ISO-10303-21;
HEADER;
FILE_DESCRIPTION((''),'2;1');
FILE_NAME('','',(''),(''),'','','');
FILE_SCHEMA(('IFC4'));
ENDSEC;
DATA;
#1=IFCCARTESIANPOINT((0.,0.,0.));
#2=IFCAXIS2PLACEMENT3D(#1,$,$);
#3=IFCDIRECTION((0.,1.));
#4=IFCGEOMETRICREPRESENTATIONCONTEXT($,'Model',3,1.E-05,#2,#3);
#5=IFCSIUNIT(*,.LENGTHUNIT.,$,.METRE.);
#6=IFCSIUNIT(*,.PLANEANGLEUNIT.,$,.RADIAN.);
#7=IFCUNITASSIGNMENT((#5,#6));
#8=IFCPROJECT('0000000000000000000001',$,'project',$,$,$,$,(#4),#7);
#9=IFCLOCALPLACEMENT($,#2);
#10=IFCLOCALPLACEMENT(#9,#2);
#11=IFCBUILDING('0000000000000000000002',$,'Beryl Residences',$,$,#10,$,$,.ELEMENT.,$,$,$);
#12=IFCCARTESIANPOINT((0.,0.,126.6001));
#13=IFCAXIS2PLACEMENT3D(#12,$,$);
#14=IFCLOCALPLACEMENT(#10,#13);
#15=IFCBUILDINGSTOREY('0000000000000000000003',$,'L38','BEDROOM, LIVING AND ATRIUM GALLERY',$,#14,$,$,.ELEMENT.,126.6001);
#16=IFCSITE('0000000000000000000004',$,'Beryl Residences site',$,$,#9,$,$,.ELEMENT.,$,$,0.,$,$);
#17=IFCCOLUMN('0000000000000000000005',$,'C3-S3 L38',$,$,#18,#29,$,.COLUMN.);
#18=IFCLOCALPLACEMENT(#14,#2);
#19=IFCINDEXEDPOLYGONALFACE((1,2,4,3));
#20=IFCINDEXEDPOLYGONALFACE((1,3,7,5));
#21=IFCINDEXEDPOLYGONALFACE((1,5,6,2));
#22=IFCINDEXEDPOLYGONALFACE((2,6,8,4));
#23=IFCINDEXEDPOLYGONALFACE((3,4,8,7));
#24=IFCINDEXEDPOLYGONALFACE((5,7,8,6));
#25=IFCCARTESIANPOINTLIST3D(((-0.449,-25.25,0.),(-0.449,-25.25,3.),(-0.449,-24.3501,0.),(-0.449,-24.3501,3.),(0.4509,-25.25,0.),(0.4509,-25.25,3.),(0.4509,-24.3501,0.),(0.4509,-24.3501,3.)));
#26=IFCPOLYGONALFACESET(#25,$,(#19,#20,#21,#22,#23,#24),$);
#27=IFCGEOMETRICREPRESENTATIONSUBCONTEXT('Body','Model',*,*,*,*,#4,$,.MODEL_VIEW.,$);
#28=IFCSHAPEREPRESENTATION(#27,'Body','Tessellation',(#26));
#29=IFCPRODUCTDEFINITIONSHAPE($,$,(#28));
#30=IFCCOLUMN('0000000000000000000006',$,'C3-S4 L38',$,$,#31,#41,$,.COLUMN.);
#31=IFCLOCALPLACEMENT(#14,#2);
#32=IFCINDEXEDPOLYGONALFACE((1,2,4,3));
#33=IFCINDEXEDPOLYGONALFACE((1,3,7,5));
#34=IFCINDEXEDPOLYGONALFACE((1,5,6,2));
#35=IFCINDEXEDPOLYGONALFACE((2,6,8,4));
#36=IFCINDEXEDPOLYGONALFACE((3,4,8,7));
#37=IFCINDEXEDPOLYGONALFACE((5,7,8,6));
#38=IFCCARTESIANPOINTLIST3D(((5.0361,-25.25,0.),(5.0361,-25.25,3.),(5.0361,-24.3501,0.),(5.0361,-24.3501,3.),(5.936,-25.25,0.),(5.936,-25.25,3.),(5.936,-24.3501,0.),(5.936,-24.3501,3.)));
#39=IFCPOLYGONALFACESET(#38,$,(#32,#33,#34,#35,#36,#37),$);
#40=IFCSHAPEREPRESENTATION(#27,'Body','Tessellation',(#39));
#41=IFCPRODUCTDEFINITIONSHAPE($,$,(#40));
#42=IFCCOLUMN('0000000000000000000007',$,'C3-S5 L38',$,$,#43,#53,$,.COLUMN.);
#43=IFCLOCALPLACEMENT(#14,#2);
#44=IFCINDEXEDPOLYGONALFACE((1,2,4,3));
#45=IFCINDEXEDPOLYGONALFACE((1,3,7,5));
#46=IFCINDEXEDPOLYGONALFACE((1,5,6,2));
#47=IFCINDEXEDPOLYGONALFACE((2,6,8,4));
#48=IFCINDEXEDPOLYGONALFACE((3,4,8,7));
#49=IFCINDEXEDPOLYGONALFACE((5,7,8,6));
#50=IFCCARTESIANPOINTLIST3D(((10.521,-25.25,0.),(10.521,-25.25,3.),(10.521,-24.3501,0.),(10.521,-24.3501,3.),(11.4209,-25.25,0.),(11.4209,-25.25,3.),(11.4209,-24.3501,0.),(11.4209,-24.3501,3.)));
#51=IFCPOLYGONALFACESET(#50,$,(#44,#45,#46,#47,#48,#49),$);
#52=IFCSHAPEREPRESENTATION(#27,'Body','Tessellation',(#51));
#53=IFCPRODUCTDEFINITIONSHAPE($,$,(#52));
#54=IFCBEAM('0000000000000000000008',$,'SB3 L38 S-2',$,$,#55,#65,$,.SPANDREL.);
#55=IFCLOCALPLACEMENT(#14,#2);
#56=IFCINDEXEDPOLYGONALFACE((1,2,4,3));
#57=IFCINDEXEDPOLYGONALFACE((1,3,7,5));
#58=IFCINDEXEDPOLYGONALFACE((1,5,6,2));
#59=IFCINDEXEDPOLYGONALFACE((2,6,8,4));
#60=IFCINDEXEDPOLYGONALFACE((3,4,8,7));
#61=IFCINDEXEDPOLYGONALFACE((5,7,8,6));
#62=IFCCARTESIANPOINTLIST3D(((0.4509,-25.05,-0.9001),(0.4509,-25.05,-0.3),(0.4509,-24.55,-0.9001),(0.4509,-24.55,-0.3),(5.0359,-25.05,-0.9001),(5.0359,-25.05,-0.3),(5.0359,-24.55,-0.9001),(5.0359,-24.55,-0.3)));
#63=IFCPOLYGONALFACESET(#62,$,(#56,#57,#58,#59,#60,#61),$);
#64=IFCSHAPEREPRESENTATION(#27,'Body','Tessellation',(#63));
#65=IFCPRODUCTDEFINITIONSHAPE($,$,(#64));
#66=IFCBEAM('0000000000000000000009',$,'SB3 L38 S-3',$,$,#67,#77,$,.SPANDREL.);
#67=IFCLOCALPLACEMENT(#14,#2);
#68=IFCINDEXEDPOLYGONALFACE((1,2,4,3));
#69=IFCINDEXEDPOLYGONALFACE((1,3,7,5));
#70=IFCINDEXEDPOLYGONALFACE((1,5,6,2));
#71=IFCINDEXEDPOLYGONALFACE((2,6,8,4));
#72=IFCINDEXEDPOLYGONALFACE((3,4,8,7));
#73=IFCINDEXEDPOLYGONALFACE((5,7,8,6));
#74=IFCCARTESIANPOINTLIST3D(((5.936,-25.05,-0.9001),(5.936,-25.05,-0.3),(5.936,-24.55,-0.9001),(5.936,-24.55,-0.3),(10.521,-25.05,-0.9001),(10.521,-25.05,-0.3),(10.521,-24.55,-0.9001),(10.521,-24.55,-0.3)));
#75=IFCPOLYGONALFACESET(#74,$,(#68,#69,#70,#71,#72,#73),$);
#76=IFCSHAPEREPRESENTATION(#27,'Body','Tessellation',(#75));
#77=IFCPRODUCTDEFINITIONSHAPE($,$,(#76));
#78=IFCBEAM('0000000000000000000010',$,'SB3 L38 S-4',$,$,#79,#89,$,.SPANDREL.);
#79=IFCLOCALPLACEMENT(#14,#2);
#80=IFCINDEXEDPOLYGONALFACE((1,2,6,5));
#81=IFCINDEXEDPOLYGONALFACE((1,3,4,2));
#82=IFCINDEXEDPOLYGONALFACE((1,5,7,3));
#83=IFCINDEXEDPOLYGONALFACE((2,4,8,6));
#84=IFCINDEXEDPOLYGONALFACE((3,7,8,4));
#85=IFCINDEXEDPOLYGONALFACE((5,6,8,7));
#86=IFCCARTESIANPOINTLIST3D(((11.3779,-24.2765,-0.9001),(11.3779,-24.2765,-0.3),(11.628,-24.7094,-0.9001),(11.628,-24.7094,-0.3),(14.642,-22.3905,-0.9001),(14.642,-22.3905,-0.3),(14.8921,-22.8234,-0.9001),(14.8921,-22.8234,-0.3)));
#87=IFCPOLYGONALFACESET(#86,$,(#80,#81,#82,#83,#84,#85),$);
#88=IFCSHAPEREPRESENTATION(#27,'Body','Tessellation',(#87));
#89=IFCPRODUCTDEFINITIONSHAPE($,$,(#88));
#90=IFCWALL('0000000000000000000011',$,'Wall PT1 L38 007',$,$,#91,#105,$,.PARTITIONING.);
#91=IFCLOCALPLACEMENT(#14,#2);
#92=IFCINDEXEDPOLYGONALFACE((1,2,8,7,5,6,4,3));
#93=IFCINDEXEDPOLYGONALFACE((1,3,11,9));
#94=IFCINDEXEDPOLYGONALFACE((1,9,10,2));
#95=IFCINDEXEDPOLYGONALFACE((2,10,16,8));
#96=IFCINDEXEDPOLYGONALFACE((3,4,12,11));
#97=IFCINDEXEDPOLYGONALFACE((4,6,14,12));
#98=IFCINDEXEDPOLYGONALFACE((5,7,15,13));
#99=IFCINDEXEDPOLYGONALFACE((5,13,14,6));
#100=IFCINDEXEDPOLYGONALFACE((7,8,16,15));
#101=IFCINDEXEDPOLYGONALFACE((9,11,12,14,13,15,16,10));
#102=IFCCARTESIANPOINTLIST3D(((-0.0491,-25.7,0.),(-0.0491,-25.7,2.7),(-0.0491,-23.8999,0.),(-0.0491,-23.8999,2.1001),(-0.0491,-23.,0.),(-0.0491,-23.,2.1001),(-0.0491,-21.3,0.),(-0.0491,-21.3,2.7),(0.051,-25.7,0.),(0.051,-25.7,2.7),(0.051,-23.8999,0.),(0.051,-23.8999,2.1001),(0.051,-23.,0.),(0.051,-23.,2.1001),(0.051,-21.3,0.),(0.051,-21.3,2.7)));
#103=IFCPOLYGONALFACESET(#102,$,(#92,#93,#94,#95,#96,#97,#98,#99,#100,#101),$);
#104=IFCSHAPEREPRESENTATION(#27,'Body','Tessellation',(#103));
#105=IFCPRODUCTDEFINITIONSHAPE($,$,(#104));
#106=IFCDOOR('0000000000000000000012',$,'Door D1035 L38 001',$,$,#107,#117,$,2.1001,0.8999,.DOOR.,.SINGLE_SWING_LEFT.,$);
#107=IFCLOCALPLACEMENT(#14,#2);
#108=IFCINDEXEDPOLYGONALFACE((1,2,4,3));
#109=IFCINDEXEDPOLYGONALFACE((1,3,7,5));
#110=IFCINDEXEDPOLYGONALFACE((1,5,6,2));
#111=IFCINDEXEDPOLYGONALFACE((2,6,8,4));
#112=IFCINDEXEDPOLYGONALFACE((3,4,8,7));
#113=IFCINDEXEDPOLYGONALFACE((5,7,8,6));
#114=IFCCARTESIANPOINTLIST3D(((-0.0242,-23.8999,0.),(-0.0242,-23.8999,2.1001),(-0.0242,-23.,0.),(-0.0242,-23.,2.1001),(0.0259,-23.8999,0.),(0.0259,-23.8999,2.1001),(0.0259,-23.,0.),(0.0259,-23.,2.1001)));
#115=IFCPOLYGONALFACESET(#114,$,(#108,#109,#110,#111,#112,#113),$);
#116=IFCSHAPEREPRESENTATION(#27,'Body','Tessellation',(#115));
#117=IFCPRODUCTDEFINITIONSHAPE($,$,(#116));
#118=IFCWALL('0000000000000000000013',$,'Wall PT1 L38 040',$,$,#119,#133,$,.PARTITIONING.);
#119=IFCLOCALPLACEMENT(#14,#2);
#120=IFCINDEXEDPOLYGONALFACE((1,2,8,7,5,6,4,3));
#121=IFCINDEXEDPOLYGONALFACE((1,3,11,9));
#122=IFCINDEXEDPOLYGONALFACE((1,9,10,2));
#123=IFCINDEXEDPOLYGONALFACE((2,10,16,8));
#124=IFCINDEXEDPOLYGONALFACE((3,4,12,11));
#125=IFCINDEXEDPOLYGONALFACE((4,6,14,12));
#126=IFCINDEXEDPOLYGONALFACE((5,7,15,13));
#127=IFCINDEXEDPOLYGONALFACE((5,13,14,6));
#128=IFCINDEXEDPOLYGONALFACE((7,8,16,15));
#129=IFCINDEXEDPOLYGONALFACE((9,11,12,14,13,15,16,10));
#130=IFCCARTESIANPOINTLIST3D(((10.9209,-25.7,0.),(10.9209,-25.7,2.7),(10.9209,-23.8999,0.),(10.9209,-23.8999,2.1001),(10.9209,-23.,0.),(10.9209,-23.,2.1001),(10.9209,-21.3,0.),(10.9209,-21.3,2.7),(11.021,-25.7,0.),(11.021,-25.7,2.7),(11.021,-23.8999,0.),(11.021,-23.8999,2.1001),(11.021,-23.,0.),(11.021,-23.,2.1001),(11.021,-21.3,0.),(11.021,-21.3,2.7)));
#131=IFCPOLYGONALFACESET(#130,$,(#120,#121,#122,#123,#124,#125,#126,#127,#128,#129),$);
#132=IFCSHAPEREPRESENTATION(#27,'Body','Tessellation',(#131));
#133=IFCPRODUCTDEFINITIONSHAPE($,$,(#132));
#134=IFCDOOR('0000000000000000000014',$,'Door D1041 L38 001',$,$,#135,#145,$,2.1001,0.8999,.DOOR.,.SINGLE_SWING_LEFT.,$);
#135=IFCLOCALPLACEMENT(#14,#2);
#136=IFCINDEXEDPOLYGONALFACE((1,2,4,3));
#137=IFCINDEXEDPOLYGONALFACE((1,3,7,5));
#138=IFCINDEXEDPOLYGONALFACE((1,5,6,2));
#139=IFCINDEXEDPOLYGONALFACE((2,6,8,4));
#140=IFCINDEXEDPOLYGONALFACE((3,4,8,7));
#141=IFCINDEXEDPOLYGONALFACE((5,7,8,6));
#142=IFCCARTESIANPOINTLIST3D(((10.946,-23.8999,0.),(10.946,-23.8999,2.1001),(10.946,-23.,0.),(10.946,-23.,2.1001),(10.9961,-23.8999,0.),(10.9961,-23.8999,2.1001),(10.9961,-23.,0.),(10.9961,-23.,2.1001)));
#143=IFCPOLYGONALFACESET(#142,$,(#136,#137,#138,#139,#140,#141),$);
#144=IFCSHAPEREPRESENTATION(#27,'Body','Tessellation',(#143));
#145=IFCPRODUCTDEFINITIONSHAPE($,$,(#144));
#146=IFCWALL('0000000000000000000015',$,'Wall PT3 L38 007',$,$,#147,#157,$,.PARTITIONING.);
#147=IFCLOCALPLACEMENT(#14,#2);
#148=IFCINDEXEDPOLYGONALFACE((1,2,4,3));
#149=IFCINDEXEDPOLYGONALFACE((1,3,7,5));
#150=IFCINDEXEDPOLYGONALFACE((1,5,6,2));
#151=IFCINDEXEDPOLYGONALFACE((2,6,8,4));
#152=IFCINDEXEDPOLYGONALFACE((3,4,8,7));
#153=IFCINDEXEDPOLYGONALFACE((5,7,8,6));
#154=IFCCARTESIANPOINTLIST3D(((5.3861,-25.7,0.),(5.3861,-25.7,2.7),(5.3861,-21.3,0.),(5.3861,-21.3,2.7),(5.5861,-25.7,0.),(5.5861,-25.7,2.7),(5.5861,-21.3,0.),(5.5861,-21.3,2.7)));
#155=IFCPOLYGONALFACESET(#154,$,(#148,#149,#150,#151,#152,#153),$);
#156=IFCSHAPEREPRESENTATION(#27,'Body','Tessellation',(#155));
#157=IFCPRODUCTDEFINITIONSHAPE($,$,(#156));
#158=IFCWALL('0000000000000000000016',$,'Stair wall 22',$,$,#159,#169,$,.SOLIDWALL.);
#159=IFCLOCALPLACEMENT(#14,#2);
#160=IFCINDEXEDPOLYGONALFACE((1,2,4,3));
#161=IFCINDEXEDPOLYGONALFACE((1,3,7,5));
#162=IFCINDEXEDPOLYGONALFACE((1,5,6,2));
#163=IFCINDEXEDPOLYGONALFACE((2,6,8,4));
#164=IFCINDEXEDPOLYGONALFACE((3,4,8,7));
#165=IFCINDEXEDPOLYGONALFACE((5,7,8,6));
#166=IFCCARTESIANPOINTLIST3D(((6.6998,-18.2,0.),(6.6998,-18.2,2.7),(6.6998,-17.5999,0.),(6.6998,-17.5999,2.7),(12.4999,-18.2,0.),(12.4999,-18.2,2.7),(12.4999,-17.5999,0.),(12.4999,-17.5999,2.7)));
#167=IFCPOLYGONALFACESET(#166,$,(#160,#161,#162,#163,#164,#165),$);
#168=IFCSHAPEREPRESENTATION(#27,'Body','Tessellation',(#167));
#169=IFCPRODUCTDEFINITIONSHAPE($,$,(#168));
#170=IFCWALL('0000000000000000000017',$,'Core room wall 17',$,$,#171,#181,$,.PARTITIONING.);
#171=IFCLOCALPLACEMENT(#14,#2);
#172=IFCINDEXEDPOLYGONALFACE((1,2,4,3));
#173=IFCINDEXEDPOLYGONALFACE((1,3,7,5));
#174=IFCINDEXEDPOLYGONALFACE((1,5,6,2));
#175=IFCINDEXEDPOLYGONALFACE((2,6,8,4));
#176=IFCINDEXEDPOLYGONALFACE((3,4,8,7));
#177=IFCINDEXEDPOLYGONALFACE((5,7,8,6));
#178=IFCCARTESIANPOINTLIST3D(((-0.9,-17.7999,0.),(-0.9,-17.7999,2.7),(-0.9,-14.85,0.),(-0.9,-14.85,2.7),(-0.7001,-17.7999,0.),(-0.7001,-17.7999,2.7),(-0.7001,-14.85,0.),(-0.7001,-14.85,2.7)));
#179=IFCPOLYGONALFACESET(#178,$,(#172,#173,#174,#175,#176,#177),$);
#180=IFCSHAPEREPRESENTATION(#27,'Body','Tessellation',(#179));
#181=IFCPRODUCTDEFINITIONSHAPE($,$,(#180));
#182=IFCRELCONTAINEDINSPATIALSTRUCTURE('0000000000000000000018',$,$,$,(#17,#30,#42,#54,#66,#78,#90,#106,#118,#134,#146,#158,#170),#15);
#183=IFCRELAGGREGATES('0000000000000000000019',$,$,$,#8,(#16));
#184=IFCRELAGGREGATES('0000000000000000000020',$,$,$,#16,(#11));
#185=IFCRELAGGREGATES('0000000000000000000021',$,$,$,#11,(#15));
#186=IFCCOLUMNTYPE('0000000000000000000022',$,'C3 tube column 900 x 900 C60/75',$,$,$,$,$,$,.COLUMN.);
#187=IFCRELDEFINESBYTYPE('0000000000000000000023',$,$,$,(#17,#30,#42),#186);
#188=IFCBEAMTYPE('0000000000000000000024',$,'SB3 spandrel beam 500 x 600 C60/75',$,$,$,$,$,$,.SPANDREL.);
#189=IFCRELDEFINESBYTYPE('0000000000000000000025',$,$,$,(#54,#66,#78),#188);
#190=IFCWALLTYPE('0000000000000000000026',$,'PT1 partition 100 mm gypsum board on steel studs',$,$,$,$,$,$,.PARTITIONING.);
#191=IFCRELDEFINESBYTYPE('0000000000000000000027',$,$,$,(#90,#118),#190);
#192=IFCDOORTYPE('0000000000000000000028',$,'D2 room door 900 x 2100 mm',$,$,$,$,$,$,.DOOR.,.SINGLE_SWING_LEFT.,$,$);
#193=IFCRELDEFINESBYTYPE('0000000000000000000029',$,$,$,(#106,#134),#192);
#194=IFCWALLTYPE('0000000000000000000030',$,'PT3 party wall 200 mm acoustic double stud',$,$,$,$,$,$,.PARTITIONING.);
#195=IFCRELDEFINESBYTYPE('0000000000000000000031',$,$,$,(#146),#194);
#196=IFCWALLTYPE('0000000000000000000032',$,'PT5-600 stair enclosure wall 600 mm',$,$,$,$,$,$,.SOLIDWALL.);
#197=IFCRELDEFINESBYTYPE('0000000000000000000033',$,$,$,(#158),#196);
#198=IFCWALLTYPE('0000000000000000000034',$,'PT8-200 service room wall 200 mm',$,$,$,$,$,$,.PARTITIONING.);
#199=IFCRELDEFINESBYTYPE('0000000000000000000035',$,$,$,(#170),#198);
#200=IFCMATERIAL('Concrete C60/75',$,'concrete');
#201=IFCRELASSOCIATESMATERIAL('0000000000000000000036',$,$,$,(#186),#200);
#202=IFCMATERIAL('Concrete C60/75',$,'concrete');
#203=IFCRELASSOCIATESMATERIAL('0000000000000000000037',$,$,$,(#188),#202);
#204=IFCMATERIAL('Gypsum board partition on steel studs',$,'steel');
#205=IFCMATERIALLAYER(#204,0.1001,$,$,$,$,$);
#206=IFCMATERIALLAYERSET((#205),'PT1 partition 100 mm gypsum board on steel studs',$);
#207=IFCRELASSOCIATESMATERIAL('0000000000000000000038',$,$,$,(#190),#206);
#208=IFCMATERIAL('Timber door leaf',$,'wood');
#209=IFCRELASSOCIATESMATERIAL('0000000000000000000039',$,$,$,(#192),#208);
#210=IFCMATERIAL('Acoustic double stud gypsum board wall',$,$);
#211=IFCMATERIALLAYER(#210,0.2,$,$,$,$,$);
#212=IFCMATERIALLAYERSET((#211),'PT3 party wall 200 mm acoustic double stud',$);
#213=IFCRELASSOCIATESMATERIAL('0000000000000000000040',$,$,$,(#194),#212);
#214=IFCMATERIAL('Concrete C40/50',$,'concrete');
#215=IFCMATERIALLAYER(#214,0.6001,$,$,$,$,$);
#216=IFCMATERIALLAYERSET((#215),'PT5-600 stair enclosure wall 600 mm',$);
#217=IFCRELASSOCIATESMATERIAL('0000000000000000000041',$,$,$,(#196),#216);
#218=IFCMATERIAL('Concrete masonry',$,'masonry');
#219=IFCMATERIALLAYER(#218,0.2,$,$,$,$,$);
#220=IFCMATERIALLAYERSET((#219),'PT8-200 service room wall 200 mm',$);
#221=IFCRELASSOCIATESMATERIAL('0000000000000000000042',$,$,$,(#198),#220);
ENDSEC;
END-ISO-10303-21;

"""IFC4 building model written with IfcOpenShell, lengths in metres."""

from ifc_helpers import new_model, si_unit, direction, frame, frame_2d, origin, origin_2d, place, context, subcontext, project, spatial, rectangle, extrude, material, layer, layer_set, material_profile, profile_set, type_object, element, fill, save


model = new_model("IFC4")

# Units and contexts
model_context = context("Model", 3, precision=1e-05, world=origin(), true_north=direction((0.0, 1.0)))
body_context = subcontext(model_context, "Body", "Model", "MODEL_VIEW")
ifc_project = project(units=[si_unit("LENGTHUNIT", "METRE"), si_unit("PLANEANGLEUNIT", "RADIAN")], contexts=[model_context])

# Site, building, storey
site_placement = place(None, origin())
site = spatial("IfcSite", under=ifc_project, at=site_placement, Name="Beryl Residences site", CompositionType="ELEMENT", RefElevation=0.0)
building_placement = place(site_placement, origin())
building = spatial("IfcBuilding", under=site, at=building_placement, Name="Beryl Residences", CompositionType="ELEMENT")
storey_placement = place(building_placement, frame((0.0, 0.0, 126.6001)))
storey = spatial("IfcBuildingStorey", under=building, at=storey_placement, Name="L38", Description="BEDROOM, LIVING AND ATRIUM GALLERY", CompositionType="ELEMENT", Elevation=126.6001)

# Columns
ifc_material_1 = material(Name="Concrete C60/75", Category="concrete")
ifc_material_profile_1 = material_profile(ifc_material_1, rectangle(XDim=0.8999, YDim=0.8999, at=origin_2d()))
ifc_profile_set_1 = profile_set([ifc_material_profile_1], Name="Concrete C60/75")
column_type = type_object("IfcColumnType", Name="C3 tube column 900 x 900 C60/75", PredefinedType="COLUMN", material=ifc_profile_set_1)
for number, where, z_axis, x_axis, name in (
    (1, (0.001, -24.8, 0.0), (0.0, 0.0, 1.0), (1.0, 0.0, 0.0), "C3-S3 L38"),
    (2, (5.4861, -24.8, 0.0), (0.0, 0.0, 1.0), (1.0, 0.0, 0.0), "C3-S4 L38"),
    (3, (10.9709, -24.8, 0.0), (0.0, 0.0, 1.0), (1.0, 0.0, 0.0), "C3-S5 L38"),
):
    element("IfcColumn", number, at=place(storey_placement, frame(where, z_axis=z_axis, x_axis=x_axis)), inside=storey, type_object=column_type, Name=name, PredefinedType="COLUMN", context=body_context, shape_type="SweptSolid", body=[
        extrude(rectangle(XDim=0.8999, YDim=0.8999, at=origin_2d()), origin(), (0.0, 0.0, 1.0), 3.0),
    ])

# Beams
ifc_material_2 = material(Name="Concrete C60/75", Category="concrete")
ifc_material_profile_2 = material_profile(ifc_material_2, rectangle(XDim=0.5, YDim=0.6001, at=origin_2d()))
ifc_profile_set_2 = profile_set([ifc_material_profile_2], Name="Concrete C60/75")
beam_type = type_object("IfcBeamType", Name="SB3 spandrel beam 500 x 600 C60/75", PredefinedType="SPANDREL", material=ifc_profile_set_2)
for number, where, z_axis, x_axis, name in (
    (4, (0.4509, -24.8, -0.6001), (1.0, 0.0, 0.0), (0.0, 1.0, 0.0), "SB3 L38 S-2"),
    (5, (5.936, -24.8, -0.6001), (1.0, 0.0, 0.0), (0.0, 1.0, 0.0), "SB3 L38 S-3"),
):
    element("IfcBeam", number, at=place(storey_placement, frame(where, z_axis=z_axis, x_axis=x_axis)), inside=storey, type_object=beam_type, Name=name, PredefinedType="SPANDREL", context=body_context, shape_type="SweptSolid", body=[
        extrude(rectangle(XDim=0.5, YDim=0.6001, at=origin_2d()), origin(), (0.0, 0.0, 1.0), 4.585),
    ])
beam_placement = place(storey_placement, frame((11.5029, -24.4929, -0.6001), z_axis=(0.865862, 0.500283, 0.0), x_axis=(-0.500283, 0.865862, 0.0)))
element("IfcBeam", 6, at=beam_placement, inside=storey, type_object=beam_type, Name="SB3 L38 S-4", PredefinedType="SPANDREL", context=body_context, shape_type="SweptSolid", body=[
    extrude(rectangle(XDim=0.5, YDim=0.6001, at=origin_2d()), origin(), (0.0, 0.0, 1.0), 3.7698),
])

# Walls, openings, doors
ifc_material_3 = material(Name="Gypsum board partition on steel studs", Category="steel")
ifc_layer_1 = layer(ifc_material_3, 0.1001)
ifc_layer_set_1 = layer_set([ifc_layer_1], Name="PT1 partition 100 mm gypsum board on steel studs")
wall_type_1 = type_object("IfcWallType", Name="PT1 partition 100 mm gypsum board on steel studs", PredefinedType="PARTITIONING", material=ifc_layer_set_1)
wall_1_placement = place(storey_placement, frame((0.001, -21.3, 0.0), z_axis=(0.0, 0.0, 1.0), x_axis=(0.0, -1.0, 0.0)))
wall_1 = element("IfcWall", 7, at=wall_1_placement, inside=storey, type_object=wall_type_1, Name="Wall PT1 L38 007", PredefinedType="PARTITIONING", context=body_context, shape_type="SweptSolid", body=[
    extrude(rectangle(XDim=4.3999, YDim=0.1001, at=frame_2d((2.2, 0.0))), origin(), (0.0, 0.0, 1.0), 2.7),
])
opening_1_placement = place(wall_1_placement, frame((1.7, 0.0, 0.0)))
opening_1 = element("IfcOpeningElement", 8, at=opening_1_placement, cuts=wall_1, PredefinedType="OPENING", context=body_context, shape_type="SweptSolid", body=[
    extrude(rectangle(XDim=0.8999, YDim=2.1001, at=frame_2d((0.45, 1.05))), frame((0.0, 0.0601, 0.0), z_axis=(0.0, -1.0, 0.0), x_axis=(1.0, 0.0, 0.0)), (0.0, 0.0, 1.0), 0.1201),
])
ifc_material_4 = material(Name="Timber door leaf", Category="wood")
door_type = type_object("IfcDoorType", Name="D2 room door 900 x 2100 mm", OperationType="SINGLE_SWING_LEFT", PredefinedType="DOOR", material=ifc_material_4)
door_1_placement = place(opening_1_placement, origin())
door_1 = element("IfcDoor", 9, at=door_1_placement, inside=storey, type_object=door_type, Name="Door D1035 L38 001", OperationType="SINGLE_SWING_LEFT", OverallHeight=2.1001, OverallWidth=0.8999, PredefinedType="DOOR", context=body_context, shape_type="SweptSolid", body=[
    extrude(rectangle(XDim=0.8999, YDim=2.1001, at=frame_2d((0.45, 1.05))), frame((0.0, 0.0249, 0.0), z_axis=(0.0, -1.0, 0.0), x_axis=(1.0, 0.0, 0.0)), (0.0, 0.0, 1.0), 0.05),
])
fill(opening_1, door_1)
wall_2_placement = place(storey_placement, frame((10.9709, -25.7, 0.0), z_axis=(0.0, 0.0, 1.0), x_axis=(0.0, 1.0, 0.0)))
wall_2 = element("IfcWall", 10, at=wall_2_placement, inside=storey, type_object=wall_type_1, Name="Wall PT1 L38 040", PredefinedType="PARTITIONING", context=body_context, shape_type="SweptSolid", body=[
    extrude(rectangle(XDim=4.3999, YDim=0.1001, at=frame_2d((2.2, 0.0))), origin(), (0.0, 0.0, 1.0), 2.7),
])
opening_2_placement = place(wall_2_placement, frame((1.8, 0.0, 0.0)))
opening_2 = element("IfcOpeningElement", 11, at=opening_2_placement, cuts=wall_2, PredefinedType="OPENING", context=body_context, shape_type="SweptSolid", body=[
    extrude(rectangle(XDim=0.8999, YDim=2.1001, at=frame_2d((0.45, 1.05))), frame((0.0, 0.0601, 0.0), z_axis=(0.0, -1.0, 0.0), x_axis=(1.0, 0.0, 0.0)), (0.0, 0.0, 1.0), 0.1201),
])
door_2_placement = place(opening_2_placement, origin())
door_2 = element("IfcDoor", 12, at=door_2_placement, inside=storey, type_object=door_type, Name="Door D1041 L38 001", OperationType="SINGLE_SWING_LEFT", OverallHeight=2.1001, OverallWidth=0.8999, PredefinedType="DOOR", context=body_context, shape_type="SweptSolid", body=[
    extrude(rectangle(XDim=0.8999, YDim=2.1001, at=frame_2d((0.45, 1.05))), frame((0.0, 0.0249, 0.0), z_axis=(0.0, -1.0, 0.0), x_axis=(1.0, 0.0, 0.0)), (0.0, 0.0, 1.0), 0.05),
])
fill(opening_2, door_2)

# Walls
ifc_material_5 = material(Name="Acoustic double stud gypsum board wall")
ifc_layer_2 = layer(ifc_material_5, 0.2)
ifc_layer_set_2 = layer_set([ifc_layer_2], Name="PT3 party wall 200 mm acoustic double stud")
wall_type_2 = type_object("IfcWallType", Name="PT3 party wall 200 mm acoustic double stud", PredefinedType="PARTITIONING", material=ifc_layer_set_2)
wall_3_placement = place(storey_placement, frame((5.4861, -25.7, 0.0), z_axis=(0.0, 0.0, 1.0), x_axis=(0.0, 1.0, 0.0)))
element("IfcWall", 13, at=wall_3_placement, inside=storey, type_object=wall_type_2, Name="Wall PT3 L38 007", PredefinedType="PARTITIONING", context=body_context, shape_type="SweptSolid", body=[
    extrude(rectangle(XDim=4.3999, YDim=0.2, at=frame_2d((2.2, 0.0))), origin(), (0.0, 0.0, 1.0), 2.7),
])
ifc_material_6 = material(Name="Concrete C40/50", Category="concrete")
ifc_layer_3 = layer(ifc_material_6, 0.6001)
ifc_layer_set_3 = layer_set([ifc_layer_3], Name="PT5-600 stair enclosure wall 600 mm")
wall_type_3 = type_object("IfcWallType", Name="PT5-600 stair enclosure wall 600 mm", PredefinedType="SOLIDWALL", material=ifc_layer_set_3)
wall_4_placement = place(storey_placement, frame((6.7, -17.8999, 0.0), z_axis=(0.0, 0.0, 1.0), x_axis=(1.0, 0.0, 0.0)))
element("IfcWall", 14, at=wall_4_placement, inside=storey, type_object=wall_type_3, Name="Stair wall 22", PredefinedType="SOLIDWALL", context=body_context, shape_type="SweptSolid", body=[
    extrude(rectangle(XDim=5.8, YDim=0.6001, at=frame_2d((2.8999, 0.0))), origin(), (0.0, 0.0, 1.0), 2.7),
])
ifc_material_7 = material(Name="Concrete masonry", Category="masonry")
ifc_layer_4 = layer(ifc_material_7, 0.2)
ifc_layer_set_4 = layer_set([ifc_layer_4], Name="PT8-200 service room wall 200 mm")
wall_type_4 = type_object("IfcWallType", Name="PT8-200 service room wall 200 mm", PredefinedType="PARTITIONING", material=ifc_layer_set_4)
for number, where, z_axis, x_axis, name in (
    (15, (-0.8, -17.8, 0.0), (0.0, 0.0, 1.0), (0.0, 1.0, 0.0), "Core room wall 17"),
):
    element("IfcWall", number, at=place(storey_placement, frame(where, z_axis=z_axis, x_axis=x_axis)), inside=storey, type_object=wall_type_4, Name=name, PredefinedType="PARTITIONING", context=body_context, shape_type="SweptSolid", body=[
        extrude(rectangle(XDim=2.95, YDim=0.2, at=frame_2d((1.4751, 0.0))), origin(), (0.0, 0.0, 1.0), 2.7),
    ])

save(model, "model.ifc")
